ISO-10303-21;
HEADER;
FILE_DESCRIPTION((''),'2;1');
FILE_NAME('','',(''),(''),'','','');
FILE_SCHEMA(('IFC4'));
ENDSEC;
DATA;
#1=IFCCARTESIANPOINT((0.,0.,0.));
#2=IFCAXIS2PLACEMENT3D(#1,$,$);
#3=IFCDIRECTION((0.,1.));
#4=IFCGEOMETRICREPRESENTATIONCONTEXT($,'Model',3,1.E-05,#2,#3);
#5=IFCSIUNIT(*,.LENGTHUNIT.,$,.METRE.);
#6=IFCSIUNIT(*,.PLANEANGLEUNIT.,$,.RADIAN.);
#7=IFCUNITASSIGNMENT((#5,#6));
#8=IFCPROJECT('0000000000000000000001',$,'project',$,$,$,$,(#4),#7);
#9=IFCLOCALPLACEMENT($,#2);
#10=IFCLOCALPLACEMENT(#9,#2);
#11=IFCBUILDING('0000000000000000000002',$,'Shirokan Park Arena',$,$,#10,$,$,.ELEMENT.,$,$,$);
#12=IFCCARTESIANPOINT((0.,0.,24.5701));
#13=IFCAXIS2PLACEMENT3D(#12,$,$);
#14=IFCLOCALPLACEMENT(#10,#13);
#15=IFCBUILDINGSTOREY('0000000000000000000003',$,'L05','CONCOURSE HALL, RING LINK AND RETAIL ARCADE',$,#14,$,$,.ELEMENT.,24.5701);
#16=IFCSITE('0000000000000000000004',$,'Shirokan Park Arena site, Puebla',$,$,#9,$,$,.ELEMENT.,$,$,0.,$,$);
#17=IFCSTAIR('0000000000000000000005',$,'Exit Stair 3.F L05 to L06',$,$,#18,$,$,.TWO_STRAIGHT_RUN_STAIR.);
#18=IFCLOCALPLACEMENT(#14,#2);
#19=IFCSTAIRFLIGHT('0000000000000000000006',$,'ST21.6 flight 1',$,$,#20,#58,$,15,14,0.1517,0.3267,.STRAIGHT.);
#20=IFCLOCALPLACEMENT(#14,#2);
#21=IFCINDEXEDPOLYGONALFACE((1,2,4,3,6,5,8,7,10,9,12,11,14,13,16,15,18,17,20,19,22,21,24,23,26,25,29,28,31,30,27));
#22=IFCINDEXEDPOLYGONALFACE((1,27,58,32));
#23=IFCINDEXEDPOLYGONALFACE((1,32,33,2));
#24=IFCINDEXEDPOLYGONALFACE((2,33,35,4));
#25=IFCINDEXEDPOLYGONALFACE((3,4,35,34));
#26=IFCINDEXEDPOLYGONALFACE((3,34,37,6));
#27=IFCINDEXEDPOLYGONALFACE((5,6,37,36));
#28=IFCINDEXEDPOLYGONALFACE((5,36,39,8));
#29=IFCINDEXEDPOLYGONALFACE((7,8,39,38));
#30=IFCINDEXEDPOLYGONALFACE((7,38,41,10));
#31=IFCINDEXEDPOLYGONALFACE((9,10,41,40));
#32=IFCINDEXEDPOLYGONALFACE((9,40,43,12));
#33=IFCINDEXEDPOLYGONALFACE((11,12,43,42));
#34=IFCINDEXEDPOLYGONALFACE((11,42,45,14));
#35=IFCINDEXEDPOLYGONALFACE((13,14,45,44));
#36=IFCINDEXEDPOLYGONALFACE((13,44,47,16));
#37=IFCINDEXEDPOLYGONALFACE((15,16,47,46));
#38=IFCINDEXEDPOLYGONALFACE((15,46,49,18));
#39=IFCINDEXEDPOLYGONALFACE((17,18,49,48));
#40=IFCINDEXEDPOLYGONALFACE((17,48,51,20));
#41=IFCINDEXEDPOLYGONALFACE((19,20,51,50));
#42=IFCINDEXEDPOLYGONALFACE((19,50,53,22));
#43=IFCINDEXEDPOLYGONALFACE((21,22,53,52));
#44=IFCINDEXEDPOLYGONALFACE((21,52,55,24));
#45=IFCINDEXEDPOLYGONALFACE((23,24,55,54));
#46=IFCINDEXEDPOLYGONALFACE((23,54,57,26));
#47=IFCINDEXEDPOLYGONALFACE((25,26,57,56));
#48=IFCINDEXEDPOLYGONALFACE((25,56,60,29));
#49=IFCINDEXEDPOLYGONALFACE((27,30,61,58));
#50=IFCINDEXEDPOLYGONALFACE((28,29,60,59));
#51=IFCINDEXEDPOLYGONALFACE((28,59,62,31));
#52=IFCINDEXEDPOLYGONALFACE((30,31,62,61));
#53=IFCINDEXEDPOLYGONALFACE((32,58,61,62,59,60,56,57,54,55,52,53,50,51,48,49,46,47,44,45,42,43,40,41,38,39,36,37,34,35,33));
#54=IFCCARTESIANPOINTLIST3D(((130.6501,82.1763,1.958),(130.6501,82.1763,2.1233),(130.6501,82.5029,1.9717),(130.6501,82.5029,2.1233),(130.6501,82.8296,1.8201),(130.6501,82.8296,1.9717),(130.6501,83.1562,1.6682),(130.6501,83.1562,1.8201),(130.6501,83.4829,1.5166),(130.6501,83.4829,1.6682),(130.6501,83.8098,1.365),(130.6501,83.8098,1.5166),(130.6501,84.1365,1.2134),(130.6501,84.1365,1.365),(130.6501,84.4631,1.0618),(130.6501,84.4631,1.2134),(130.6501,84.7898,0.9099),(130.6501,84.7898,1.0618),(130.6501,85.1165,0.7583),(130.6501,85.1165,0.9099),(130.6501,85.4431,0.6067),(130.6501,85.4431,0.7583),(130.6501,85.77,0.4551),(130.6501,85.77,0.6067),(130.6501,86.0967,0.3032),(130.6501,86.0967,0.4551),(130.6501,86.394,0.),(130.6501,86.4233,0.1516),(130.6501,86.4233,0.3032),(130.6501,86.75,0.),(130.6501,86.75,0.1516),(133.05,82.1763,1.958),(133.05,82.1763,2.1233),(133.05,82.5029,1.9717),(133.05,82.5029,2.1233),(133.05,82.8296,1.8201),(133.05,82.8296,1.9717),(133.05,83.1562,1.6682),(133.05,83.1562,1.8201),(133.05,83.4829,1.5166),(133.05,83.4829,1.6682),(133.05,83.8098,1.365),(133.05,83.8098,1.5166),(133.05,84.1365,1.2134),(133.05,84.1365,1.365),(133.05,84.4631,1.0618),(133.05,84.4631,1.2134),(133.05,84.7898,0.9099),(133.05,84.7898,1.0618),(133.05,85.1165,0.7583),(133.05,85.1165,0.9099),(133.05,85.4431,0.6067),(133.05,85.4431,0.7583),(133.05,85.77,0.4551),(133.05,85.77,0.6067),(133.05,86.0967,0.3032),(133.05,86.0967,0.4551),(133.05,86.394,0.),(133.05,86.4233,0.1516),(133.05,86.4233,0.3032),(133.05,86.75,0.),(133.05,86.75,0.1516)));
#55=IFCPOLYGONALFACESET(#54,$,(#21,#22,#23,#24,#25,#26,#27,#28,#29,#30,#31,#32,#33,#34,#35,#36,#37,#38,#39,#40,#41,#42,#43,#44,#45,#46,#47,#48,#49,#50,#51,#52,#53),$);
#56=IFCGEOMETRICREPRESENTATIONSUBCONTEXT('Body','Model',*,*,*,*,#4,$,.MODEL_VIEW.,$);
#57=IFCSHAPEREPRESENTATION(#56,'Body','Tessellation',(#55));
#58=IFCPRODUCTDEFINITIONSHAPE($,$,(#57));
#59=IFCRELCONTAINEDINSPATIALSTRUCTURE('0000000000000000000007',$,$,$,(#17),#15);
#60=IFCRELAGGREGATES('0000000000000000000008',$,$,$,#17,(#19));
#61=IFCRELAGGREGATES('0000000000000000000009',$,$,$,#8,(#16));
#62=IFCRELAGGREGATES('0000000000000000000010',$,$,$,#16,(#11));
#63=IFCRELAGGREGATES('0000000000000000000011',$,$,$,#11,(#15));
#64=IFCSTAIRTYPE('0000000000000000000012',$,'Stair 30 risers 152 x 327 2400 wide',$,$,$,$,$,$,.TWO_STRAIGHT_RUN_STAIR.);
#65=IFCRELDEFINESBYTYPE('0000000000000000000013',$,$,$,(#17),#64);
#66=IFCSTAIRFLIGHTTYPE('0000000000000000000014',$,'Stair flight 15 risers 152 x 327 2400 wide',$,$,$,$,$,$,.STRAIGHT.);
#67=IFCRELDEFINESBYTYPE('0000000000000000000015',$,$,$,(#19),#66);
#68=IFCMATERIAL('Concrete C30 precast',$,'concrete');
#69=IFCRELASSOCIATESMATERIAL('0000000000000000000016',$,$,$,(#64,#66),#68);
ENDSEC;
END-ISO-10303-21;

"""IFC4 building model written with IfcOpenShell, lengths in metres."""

from ifc_helpers import new_model, si_unit, direction, frame, origin, place, context, subcontext, project, spatial, polyline, outline, extrude, material, type_object, element, aggregate, save


model = new_model("IFC4")

# Units and contexts
model_context = context("Model", 3, precision=1e-05, world=origin(), true_north=direction((0.0, 1.0)))
body_context = subcontext(model_context, "Body", "Model", "MODEL_VIEW")
ifc_project = project(units=[si_unit("LENGTHUNIT", "METRE"), si_unit("PLANEANGLEUNIT", "RADIAN")], contexts=[model_context])

# Site, building, storey
site_placement = place(None, origin())
site = spatial("IfcSite", under=ifc_project, at=site_placement, Name="Shirokan Park Arena site, Puebla", CompositionType="ELEMENT", RefElevation=0.0)
building_placement = place(site_placement, origin())
building = spatial("IfcBuilding", under=site, at=building_placement, Name="Shirokan Park Arena", CompositionType="ELEMENT")
storey_placement = place(building_placement, frame((0.0, 0.0, 24.5701)))
storey = spatial("IfcBuildingStorey", under=building, at=storey_placement, Name="L05", Description="CONCOURSE HALL, RING LINK AND RETAIL ARCADE", CompositionType="ELEMENT", Elevation=24.5701)

# Stair, stair flight
ifc_material_1 = material(Name="Concrete C30 precast", Category="concrete")
stair_type = type_object("IfcStairType", Name="Stair 30 risers 152 x 327 2400 wide", PredefinedType="TWO_STRAIGHT_RUN_STAIR", material=ifc_material_1)
stair_placement = place(storey_placement, origin())
stair = element("IfcStair", 1, at=stair_placement, inside=storey, type_object=stair_type, Name="Exit Stair 3.F L05 to L06", PredefinedType="TWO_STRAIGHT_RUN_STAIR")
stair_flight_type = type_object("IfcStairFlightType", Name="Stair flight 15 risers 152 x 327 2400 wide", PredefinedType="STRAIGHT", material=ifc_material_1)
stair_flight_placement = place(storey_placement, frame((131.8501, 86.75, 0.0), z_axis=(0.0, 0.0, 1.0), x_axis=(0.0, -1.0, 0.0)))
stair_flight = element("IfcStairFlight", 2, at=stair_flight_placement, type_object=stair_flight_type, Name="ST21.6 flight 1", NumberOfRisers=15, NumberOfTreads=14, PredefinedType="STRAIGHT", RiserHeight=0.1517, TreadLength=0.3267, context=body_context, shape_type="SweptSolid", body=[
    extrude(outline(polyline([(0.0, 0.0), (0.0, 0.1516), (0.3267, 0.1516), (0.3267, 0.3032), (0.6533, 0.3032), (0.6533, 0.4551), (0.98, 0.4551), (0.98, 0.6067), (1.3069, 0.6067), (1.3069, 0.7583), (1.6335, 0.7583), (1.6335, 0.9099), (1.9602, 0.9099), (1.9602, 1.0618), (2.2869, 1.0618), (2.2869, 1.2134), (2.6135, 1.2134), (2.6135, 1.365), (2.9402, 1.365), (2.9402, 1.5166), (3.2671, 1.5166), (3.2671, 1.6682), (3.5938, 1.6682), (3.5938, 1.8201), (3.9204, 1.8201), (3.9204, 1.9717), (4.2471, 1.9717), (4.2471, 2.1233), (4.5737, 2.1233), (4.5737, 2.2749), (4.5737, 1.958), (0.356, 0.0), (0.0, 0.0)])), frame((0.0, 1.2, 0.0), z_axis=(0.0, -1.0, 0.0), x_axis=(1.0, 0.0, 0.0)), (0.0, 0.0, 1.0), 2.3999),
])
aggregate(stair, [stair_flight])

save(model, "model.ifc")
